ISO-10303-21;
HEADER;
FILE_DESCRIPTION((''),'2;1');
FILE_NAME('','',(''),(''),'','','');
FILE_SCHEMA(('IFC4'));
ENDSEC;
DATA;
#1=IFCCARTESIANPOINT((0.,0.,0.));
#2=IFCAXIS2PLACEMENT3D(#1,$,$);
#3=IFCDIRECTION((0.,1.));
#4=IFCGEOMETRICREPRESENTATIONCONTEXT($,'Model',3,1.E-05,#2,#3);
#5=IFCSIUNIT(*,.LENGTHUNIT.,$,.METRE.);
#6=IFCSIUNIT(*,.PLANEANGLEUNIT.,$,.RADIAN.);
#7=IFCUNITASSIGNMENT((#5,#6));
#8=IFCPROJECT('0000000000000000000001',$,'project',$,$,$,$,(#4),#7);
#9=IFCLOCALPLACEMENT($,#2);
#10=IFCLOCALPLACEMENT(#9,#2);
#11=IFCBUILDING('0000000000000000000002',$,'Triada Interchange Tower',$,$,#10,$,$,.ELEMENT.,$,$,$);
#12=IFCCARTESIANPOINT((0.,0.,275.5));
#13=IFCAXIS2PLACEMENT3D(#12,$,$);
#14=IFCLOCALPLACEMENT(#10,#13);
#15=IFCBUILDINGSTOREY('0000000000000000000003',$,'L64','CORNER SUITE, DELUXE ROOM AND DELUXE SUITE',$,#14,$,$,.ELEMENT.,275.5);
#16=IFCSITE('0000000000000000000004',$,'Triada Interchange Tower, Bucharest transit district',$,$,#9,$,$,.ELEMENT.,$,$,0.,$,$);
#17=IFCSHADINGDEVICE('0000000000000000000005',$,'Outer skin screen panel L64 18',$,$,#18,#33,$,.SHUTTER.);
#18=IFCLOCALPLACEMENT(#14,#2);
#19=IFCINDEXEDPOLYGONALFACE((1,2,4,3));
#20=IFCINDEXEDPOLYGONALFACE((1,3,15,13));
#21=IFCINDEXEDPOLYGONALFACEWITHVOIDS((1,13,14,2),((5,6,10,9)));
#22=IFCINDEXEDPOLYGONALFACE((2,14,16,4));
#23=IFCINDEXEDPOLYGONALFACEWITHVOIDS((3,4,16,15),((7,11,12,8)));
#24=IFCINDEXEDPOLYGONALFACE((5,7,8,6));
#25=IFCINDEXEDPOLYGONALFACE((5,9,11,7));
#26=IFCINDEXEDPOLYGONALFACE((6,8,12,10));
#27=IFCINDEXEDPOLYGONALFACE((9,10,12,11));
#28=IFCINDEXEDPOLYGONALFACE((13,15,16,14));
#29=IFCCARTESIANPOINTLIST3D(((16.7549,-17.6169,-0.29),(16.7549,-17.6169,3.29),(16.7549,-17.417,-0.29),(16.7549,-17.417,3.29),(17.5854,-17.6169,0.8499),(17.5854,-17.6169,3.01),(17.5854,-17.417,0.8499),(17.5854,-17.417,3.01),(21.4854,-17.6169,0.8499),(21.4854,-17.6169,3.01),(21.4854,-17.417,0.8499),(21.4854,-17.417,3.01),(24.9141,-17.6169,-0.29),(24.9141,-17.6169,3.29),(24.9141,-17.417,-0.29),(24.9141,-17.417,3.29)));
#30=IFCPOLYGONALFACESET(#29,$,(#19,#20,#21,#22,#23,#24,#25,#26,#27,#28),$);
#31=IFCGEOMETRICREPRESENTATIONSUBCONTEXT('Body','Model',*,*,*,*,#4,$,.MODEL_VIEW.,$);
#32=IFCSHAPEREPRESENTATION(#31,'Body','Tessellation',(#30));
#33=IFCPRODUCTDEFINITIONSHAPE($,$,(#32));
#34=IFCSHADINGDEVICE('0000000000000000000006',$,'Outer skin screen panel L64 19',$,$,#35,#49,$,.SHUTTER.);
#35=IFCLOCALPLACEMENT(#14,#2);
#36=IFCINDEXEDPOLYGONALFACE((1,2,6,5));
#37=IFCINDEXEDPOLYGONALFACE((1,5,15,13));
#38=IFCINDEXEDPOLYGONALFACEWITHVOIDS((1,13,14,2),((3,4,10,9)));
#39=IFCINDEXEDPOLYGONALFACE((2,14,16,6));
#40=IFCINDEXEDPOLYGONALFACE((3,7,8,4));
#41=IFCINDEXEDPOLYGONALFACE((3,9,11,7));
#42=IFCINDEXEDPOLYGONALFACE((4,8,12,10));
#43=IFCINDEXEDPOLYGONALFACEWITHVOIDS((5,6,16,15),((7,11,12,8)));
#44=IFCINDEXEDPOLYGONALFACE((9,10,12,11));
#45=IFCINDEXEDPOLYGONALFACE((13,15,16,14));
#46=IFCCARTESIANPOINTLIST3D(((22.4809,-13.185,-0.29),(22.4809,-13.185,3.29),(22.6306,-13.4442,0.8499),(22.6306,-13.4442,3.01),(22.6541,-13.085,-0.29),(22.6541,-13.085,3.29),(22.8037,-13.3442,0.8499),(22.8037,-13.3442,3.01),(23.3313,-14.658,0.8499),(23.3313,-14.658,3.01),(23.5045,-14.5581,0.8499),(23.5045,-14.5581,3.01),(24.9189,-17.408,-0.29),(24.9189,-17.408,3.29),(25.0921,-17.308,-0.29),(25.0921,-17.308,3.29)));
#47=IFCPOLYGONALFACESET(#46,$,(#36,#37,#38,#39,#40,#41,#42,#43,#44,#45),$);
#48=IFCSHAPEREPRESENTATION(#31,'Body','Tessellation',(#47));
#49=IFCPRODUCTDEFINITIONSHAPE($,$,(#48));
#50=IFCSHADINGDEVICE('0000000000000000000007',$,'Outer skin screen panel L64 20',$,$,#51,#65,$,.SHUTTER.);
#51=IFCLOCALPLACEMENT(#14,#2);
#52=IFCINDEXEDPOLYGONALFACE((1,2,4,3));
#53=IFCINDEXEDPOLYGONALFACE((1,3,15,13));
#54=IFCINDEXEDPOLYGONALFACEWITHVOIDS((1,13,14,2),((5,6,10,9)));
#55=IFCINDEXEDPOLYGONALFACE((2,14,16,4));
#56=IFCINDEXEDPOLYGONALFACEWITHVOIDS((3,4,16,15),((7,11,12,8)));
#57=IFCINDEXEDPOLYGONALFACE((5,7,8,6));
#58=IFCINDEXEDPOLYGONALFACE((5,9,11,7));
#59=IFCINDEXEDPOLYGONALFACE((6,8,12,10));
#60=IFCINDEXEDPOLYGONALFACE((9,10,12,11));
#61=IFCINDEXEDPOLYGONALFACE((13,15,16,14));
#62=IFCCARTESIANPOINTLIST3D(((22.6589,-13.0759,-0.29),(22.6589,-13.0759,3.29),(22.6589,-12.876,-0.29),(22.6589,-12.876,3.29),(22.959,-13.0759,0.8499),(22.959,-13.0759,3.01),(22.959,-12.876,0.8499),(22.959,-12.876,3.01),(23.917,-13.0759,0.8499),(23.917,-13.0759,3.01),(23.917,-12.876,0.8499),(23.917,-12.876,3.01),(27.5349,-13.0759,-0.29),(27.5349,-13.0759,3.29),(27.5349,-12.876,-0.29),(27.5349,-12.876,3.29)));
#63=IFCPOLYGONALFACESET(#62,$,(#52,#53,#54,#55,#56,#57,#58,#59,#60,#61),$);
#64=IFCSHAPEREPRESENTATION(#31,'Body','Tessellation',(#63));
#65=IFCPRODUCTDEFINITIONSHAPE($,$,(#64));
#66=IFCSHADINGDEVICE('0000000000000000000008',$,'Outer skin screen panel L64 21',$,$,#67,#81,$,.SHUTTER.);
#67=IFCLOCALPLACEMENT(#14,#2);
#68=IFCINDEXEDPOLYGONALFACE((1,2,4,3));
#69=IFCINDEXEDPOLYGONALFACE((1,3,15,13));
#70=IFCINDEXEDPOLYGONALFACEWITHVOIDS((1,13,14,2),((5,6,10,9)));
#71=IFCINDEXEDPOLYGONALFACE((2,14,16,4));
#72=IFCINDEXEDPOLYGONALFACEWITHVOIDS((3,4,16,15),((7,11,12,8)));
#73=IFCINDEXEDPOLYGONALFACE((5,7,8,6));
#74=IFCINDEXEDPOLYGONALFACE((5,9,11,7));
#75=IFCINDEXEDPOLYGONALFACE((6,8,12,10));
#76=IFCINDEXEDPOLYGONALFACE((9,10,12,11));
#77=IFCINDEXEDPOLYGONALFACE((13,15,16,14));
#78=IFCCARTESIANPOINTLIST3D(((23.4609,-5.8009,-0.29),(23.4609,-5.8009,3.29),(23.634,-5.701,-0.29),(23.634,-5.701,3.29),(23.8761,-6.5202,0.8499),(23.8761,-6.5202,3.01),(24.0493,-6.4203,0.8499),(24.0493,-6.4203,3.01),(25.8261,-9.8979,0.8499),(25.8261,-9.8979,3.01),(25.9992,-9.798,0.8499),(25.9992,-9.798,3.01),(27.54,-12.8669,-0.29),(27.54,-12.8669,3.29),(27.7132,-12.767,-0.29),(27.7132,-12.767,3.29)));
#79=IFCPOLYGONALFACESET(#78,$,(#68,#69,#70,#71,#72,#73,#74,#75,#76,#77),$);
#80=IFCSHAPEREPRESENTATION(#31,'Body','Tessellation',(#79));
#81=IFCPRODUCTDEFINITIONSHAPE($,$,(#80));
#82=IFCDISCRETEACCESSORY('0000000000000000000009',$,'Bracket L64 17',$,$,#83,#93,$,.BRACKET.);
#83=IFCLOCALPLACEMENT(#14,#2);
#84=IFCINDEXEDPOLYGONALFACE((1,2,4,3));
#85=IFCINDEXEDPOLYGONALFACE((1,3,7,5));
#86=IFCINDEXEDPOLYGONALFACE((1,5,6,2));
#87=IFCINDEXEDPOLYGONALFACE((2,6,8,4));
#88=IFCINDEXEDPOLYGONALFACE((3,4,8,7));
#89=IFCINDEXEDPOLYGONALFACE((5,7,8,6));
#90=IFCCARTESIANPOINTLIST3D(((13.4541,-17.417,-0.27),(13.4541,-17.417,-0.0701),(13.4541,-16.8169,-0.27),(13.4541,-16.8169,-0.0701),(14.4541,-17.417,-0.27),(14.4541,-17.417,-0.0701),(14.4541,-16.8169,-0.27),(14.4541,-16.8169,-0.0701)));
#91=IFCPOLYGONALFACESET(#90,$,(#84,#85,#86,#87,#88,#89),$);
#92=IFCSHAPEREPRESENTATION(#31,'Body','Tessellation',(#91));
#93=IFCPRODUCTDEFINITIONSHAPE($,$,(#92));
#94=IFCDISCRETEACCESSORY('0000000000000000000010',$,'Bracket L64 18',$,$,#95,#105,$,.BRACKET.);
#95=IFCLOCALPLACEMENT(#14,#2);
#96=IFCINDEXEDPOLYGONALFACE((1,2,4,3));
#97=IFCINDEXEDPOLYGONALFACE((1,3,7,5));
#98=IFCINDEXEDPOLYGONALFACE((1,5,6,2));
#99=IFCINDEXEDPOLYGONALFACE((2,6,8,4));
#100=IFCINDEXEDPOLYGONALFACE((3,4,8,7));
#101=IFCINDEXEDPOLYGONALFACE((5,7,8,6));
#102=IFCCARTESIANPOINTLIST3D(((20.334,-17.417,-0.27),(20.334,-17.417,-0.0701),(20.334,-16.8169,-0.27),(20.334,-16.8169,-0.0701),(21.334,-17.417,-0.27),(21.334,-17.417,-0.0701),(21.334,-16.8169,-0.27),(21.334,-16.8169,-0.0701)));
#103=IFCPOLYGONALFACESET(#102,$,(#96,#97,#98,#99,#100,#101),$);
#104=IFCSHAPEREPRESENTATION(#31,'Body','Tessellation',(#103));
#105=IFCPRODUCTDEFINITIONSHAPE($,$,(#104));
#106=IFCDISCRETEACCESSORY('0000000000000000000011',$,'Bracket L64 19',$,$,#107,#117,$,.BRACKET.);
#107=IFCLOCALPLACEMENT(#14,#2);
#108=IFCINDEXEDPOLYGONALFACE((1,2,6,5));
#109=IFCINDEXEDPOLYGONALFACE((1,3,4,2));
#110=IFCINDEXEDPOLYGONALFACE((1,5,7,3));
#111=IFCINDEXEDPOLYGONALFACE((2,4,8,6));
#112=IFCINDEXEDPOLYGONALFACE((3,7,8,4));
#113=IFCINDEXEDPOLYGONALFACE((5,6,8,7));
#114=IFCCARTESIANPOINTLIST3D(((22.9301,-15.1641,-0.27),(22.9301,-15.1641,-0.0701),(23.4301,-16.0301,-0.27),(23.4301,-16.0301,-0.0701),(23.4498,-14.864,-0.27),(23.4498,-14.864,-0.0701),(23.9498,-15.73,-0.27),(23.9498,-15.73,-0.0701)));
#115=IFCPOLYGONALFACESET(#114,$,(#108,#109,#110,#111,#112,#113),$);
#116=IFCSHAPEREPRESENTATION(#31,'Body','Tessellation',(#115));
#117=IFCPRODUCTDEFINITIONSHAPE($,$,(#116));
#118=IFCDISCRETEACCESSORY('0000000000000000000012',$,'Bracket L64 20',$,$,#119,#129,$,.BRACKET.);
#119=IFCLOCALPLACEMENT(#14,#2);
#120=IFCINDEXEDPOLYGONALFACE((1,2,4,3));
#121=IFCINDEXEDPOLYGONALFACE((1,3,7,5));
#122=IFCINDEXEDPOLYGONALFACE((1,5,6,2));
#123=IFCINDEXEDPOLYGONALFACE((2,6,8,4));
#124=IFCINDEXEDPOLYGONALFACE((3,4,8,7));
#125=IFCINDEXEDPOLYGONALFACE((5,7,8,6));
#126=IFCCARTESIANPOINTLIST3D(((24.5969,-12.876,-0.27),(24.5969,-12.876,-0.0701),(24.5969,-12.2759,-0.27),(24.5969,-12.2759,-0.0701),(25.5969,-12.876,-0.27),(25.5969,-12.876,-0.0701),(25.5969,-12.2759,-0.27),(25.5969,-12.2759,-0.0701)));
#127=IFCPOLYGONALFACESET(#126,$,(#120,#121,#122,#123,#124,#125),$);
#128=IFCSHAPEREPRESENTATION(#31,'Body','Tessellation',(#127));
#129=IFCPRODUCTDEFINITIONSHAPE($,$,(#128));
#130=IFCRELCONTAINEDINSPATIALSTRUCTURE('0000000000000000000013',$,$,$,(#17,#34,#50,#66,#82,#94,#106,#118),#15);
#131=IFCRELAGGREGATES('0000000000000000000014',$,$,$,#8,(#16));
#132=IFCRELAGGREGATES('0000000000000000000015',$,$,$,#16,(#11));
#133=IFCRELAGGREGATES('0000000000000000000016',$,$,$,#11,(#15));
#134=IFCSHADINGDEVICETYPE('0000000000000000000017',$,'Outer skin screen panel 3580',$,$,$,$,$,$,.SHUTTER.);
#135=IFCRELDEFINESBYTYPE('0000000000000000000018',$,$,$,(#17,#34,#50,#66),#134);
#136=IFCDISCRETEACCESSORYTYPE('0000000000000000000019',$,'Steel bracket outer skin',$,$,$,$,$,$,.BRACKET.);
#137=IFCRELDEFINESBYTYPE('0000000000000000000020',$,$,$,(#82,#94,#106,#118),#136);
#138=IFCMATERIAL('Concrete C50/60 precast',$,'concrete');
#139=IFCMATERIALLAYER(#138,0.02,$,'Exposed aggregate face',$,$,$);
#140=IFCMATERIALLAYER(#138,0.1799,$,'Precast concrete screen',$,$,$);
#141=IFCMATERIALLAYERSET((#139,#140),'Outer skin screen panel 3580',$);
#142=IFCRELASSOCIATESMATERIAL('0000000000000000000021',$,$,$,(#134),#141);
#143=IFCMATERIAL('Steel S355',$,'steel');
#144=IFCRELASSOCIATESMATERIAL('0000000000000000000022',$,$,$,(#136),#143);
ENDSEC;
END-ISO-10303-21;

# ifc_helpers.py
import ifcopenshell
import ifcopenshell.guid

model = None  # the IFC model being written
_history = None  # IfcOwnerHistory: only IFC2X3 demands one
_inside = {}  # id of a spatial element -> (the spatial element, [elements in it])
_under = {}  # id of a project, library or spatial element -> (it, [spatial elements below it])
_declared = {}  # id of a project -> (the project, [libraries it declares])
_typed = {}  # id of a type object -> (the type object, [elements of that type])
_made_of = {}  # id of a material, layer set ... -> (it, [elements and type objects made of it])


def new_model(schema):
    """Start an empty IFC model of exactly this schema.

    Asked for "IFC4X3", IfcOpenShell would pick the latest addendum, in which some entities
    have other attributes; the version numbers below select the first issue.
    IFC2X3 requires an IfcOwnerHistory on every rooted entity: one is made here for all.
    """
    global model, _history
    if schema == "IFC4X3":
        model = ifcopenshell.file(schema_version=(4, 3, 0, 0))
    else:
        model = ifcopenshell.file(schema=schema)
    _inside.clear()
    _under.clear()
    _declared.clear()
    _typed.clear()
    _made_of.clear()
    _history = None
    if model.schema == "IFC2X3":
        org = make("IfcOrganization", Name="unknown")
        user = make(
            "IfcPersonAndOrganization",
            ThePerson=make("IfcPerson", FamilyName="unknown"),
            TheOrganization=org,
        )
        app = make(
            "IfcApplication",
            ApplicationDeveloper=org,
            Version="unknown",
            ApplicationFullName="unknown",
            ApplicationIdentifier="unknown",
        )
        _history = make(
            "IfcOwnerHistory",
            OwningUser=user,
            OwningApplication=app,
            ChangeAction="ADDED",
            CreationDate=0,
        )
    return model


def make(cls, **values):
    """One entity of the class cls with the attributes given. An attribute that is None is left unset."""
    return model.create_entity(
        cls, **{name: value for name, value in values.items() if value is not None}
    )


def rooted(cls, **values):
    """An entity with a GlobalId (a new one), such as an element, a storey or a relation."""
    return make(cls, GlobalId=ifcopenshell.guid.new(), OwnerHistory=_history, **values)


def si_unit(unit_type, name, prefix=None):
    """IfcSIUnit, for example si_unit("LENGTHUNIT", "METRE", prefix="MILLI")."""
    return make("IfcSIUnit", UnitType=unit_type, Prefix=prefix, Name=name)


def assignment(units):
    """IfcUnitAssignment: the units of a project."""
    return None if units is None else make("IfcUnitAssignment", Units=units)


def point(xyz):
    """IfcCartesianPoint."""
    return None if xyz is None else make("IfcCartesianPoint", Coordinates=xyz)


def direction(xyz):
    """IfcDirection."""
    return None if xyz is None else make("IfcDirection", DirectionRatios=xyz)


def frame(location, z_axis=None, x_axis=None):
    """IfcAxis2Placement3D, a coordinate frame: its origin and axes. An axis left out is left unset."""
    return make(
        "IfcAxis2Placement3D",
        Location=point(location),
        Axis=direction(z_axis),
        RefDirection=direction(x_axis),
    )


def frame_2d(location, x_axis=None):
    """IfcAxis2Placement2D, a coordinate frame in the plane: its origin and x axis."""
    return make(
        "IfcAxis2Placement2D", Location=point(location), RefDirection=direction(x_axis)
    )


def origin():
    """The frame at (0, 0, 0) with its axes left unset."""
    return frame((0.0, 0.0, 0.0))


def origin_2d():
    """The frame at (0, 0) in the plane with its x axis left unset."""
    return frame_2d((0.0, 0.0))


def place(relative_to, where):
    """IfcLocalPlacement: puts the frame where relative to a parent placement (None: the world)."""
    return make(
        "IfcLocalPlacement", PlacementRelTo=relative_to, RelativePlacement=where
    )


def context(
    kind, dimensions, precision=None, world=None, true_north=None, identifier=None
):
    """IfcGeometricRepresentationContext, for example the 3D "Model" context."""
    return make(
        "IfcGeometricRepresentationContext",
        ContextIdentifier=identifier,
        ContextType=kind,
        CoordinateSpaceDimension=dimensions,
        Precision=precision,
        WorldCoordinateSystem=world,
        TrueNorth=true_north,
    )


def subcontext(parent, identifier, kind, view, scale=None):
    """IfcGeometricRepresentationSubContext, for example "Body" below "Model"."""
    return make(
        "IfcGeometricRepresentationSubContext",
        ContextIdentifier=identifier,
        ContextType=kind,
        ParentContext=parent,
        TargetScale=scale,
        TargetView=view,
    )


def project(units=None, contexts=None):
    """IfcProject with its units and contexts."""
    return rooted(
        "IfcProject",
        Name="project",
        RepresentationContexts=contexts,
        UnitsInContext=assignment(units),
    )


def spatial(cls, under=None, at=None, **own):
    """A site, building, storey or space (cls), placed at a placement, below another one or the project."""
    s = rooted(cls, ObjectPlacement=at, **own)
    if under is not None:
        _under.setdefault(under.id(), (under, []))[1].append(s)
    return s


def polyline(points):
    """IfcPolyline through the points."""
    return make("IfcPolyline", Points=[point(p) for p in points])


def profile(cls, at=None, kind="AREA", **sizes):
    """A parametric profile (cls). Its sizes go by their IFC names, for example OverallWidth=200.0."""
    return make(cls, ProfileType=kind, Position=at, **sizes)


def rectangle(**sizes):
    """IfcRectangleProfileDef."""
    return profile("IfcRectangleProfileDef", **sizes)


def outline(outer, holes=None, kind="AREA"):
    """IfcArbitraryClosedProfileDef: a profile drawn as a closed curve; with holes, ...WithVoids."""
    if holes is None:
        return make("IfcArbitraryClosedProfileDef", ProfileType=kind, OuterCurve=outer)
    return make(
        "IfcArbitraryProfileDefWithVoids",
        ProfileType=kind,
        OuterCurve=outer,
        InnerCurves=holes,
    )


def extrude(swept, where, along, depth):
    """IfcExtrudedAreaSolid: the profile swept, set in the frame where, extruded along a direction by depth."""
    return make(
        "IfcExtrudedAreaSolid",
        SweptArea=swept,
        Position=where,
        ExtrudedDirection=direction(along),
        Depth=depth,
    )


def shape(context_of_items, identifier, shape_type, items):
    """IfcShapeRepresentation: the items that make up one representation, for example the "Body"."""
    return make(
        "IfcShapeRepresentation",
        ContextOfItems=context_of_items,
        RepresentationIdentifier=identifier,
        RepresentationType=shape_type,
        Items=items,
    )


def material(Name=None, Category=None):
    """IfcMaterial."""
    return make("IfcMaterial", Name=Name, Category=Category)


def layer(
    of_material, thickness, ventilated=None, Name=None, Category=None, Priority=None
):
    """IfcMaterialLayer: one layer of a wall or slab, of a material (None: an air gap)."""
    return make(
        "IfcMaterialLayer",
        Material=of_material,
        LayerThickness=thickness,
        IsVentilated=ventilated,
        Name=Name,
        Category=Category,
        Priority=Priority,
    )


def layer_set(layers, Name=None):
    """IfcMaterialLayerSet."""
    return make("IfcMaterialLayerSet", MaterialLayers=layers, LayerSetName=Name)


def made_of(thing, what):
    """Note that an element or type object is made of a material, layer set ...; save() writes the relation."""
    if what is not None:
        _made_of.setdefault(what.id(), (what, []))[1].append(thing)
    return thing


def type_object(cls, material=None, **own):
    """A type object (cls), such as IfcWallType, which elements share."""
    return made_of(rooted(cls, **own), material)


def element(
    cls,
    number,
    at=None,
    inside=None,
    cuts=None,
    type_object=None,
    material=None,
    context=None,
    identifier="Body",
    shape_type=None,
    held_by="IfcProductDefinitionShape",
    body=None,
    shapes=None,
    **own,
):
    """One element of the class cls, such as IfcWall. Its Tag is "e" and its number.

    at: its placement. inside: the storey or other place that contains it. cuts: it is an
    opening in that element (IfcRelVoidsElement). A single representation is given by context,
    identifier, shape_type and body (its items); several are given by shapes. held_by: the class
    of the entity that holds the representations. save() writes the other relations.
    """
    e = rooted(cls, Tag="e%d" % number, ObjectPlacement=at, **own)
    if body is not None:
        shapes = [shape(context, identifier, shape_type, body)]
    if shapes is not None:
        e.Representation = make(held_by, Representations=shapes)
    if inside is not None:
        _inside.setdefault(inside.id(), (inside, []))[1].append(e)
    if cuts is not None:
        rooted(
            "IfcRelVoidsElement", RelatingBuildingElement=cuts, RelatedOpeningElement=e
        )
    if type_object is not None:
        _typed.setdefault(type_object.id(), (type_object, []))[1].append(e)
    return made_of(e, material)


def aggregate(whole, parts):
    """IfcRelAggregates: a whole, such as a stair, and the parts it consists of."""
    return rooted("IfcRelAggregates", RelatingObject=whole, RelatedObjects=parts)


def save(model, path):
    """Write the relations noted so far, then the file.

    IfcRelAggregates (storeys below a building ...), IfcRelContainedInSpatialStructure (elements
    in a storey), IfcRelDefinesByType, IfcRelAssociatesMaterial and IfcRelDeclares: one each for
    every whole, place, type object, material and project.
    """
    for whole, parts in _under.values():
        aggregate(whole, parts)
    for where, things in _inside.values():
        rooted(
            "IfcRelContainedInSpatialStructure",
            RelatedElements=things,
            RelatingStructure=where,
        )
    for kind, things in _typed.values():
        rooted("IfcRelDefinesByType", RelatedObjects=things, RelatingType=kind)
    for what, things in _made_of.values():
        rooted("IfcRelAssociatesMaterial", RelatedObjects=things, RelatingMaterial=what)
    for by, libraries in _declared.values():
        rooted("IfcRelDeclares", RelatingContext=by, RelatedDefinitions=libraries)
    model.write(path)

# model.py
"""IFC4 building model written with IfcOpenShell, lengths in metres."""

from ifc_helpers import new_model, si_unit, direction, frame, origin, origin_2d, place, context, subcontext, project, spatial, polyline, rectangle, outline, extrude, material, layer, layer_set, type_object, element, save


model = new_model("IFC4")

# Units and contexts
model_context = context("Model", 3, precision=1e-05, world=origin(), true_north=direction((0.0, 1.0)))
body_context = subcontext(model_context, "Body", "Model", "MODEL_VIEW")
ifc_project = project(units=[si_unit("LENGTHUNIT", "METRE"), si_unit("PLANEANGLEUNIT", "RADIAN")], contexts=[model_context])

# Site, building, storey
site_placement = place(None, origin())
site = spatial("IfcSite", under=ifc_project, at=site_placement, Name="Triada Interchange Tower, Bucharest transit district", CompositionType="ELEMENT", RefElevation=0.0)
building_placement = place(site_placement, origin())
building = spatial("IfcBuilding", under=site, at=building_placement, Name="Triada Interchange Tower", CompositionType="ELEMENT")
storey_placement = place(building_placement, frame((0.0, 0.0, 275.5)))
storey = spatial("IfcBuildingStorey", under=building, at=storey_placement, Name="L64", Description="CORNER SUITE, DELUXE ROOM AND DELUXE SUITE", CompositionType="ELEMENT", Elevation=275.5)

# Shading devices
ifc_material_1 = material(Name="Concrete C50/60 precast", Category="concrete")
ifc_layer_1 = layer(ifc_material_1, 0.02, Name="Exposed aggregate face")
ifc_layer_2 = layer(ifc_material_1, 0.1799, Name="Precast concrete screen")
ifc_layer_set_1 = layer_set([ifc_layer_1, ifc_layer_2], Name="Outer skin screen panel 3580")
shading_device_type = type_object("IfcShadingDeviceType", Name="Outer skin screen panel 3580", PredefinedType="SHUTTER", material=ifc_layer_set_1)
shading_device_1_placement = place(storey_placement, frame((16.7549, -17.417, -0.29), z_axis=(0.0, 0.0, 1.0), x_axis=(1.0, 0.0, 0.0)))
element("IfcShadingDevice", 1, at=shading_device_1_placement, inside=storey, type_object=shading_device_type, Name="Outer skin screen panel L64 18", PredefinedType="SHUTTER", context=body_context, shape_type="SweptSolid", body=[
    extrude(outline(polyline([(0.0, 0.0), (8.1592, 0.0), (8.1592, 3.5801), (0.0, 3.5801), (0.0, 0.0)]), holes=[polyline([(0.8306, 1.1399), (0.8306, 3.3), (4.7305, 3.3), (4.7305, 1.1399), (0.8306, 1.1399)])]), frame((0.0, 0.0, 0.0), z_axis=(0.0, -1.0, 0.0), x_axis=(1.0, 0.0, 0.0)), (0.0, 0.0, 1.0), 0.2),
])
shading_device_2_placement = place(storey_placement, frame((24.9189, -17.408, -0.29), z_axis=(0.0, 0.0, 1.0), x_axis=(-0.499984, 0.866035, 0.0)))
element("IfcShadingDevice", 2, at=shading_device_2_placement, inside=storey, type_object=shading_device_type, Name="Outer skin screen panel L64 19", PredefinedType="SHUTTER", context=body_context, shape_type="SweptSolid", body=[
    extrude(outline(polyline([(0.0, 0.0), (4.8762, 0.0), (4.8762, 3.5801), (0.0, 3.5801), (0.0, 0.0)]), holes=[polyline([(3.1753, 1.1399), (3.1753, 3.3), (4.5769, 3.3), (4.5769, 1.1399), (3.1753, 1.1399)])]), frame((0.0, 0.0, 0.0), z_axis=(0.0, -1.0, 0.0), x_axis=(1.0, 0.0, 0.0)), (0.0, 0.0, 1.0), 0.2),
])
shading_device_3_placement = place(storey_placement, frame((22.6589, -12.876, -0.29), z_axis=(0.0, 0.0, 1.0), x_axis=(1.0, 0.0, 0.0)))
element("IfcShadingDevice", 3, at=shading_device_3_placement, inside=storey, type_object=shading_device_type, Name="Outer skin screen panel L64 20", PredefinedType="SHUTTER", context=body_context, shape_type="SweptSolid", body=[
    extrude(outline(polyline([(0.0, 0.0), (4.876, 0.0), (4.876, 3.5801), (0.0, 3.5801), (0.0, 0.0)]), holes=[polyline([(0.3, 1.1399), (0.3, 3.3), (1.2581, 3.3), (1.2581, 1.1399), (0.3, 1.1399)])]), frame((0.0, 0.0, 0.0), z_axis=(0.0, -1.0, 0.0), x_axis=(1.0, 0.0, 0.0)), (0.0, 0.0, 1.0), 0.2),
])
shading_device_4_placement = place(storey_placement, frame((27.54, -12.8669, -0.29), z_axis=(0.0, 0.0, 1.0), x_axis=(-0.499962, 0.866047, 0.0)))
element("IfcShadingDevice", 4, at=shading_device_4_placement, inside=storey, type_object=shading_device_type, Name="Outer skin screen panel L64 21", PredefinedType="SHUTTER", context=body_context, shape_type="SweptSolid", body=[
    extrude(outline(polyline([(0.0, 0.0), (8.1589, 0.0), (8.1589, 3.5801), (0.0, 3.5801), (0.0, 0.0)]), holes=[polyline([(3.4282, 1.1399), (3.4282, 3.3), (7.3284, 3.3), (7.3284, 1.1399), (3.4282, 1.1399)])]), frame((0.0, 0.0, 0.0), z_axis=(0.0, -1.0, 0.0), x_axis=(1.0, 0.0, 0.0)), (0.0, 0.0, 1.0), 0.2),
])

# Discrete accessories
ifc_material_2 = material(Name="Steel S355", Category="steel")
discrete_accessory_type = type_object("IfcDiscreteAccessoryType", Name="Steel bracket outer skin", PredefinedType="BRACKET", material=ifc_material_2)
for number, where, z_axis, x_axis, name in (
    (5, (13.9541, -17.1169, -0.27), (0.0, 0.0, 1.0), (0.0, -1.0, 0.0), "Bracket L64 17"),
    (6, (20.834, -17.1169, -0.27), (0.0, 0.0, 1.0), (0.0, -1.0, 0.0), "Bracket L64 18"),
    (7, (23.4399, -15.447, -0.27), (0.0, 0.0, 1.0), (0.866005, 0.500036, 0.0), "Bracket L64 19"),
    (8, (25.0969, -12.5759, -0.27), (0.0, 0.0, 1.0), (0.0, -1.0, 0.0), "Bracket L64 20"),
):
    element("IfcDiscreteAccessory", number, at=place(storey_placement, frame(where, z_axis=z_axis, x_axis=x_axis)), inside=storey, type_object=discrete_accessory_type, Name=name, PredefinedType="BRACKET", context=body_context, shape_type="SweptSolid", body=[
        extrude(rectangle(XDim=0.6001, YDim=1.0, at=origin_2d()), origin(), (0.0, 0.0, 1.0), 0.2),
    ])

save(model, "model.ifc")
